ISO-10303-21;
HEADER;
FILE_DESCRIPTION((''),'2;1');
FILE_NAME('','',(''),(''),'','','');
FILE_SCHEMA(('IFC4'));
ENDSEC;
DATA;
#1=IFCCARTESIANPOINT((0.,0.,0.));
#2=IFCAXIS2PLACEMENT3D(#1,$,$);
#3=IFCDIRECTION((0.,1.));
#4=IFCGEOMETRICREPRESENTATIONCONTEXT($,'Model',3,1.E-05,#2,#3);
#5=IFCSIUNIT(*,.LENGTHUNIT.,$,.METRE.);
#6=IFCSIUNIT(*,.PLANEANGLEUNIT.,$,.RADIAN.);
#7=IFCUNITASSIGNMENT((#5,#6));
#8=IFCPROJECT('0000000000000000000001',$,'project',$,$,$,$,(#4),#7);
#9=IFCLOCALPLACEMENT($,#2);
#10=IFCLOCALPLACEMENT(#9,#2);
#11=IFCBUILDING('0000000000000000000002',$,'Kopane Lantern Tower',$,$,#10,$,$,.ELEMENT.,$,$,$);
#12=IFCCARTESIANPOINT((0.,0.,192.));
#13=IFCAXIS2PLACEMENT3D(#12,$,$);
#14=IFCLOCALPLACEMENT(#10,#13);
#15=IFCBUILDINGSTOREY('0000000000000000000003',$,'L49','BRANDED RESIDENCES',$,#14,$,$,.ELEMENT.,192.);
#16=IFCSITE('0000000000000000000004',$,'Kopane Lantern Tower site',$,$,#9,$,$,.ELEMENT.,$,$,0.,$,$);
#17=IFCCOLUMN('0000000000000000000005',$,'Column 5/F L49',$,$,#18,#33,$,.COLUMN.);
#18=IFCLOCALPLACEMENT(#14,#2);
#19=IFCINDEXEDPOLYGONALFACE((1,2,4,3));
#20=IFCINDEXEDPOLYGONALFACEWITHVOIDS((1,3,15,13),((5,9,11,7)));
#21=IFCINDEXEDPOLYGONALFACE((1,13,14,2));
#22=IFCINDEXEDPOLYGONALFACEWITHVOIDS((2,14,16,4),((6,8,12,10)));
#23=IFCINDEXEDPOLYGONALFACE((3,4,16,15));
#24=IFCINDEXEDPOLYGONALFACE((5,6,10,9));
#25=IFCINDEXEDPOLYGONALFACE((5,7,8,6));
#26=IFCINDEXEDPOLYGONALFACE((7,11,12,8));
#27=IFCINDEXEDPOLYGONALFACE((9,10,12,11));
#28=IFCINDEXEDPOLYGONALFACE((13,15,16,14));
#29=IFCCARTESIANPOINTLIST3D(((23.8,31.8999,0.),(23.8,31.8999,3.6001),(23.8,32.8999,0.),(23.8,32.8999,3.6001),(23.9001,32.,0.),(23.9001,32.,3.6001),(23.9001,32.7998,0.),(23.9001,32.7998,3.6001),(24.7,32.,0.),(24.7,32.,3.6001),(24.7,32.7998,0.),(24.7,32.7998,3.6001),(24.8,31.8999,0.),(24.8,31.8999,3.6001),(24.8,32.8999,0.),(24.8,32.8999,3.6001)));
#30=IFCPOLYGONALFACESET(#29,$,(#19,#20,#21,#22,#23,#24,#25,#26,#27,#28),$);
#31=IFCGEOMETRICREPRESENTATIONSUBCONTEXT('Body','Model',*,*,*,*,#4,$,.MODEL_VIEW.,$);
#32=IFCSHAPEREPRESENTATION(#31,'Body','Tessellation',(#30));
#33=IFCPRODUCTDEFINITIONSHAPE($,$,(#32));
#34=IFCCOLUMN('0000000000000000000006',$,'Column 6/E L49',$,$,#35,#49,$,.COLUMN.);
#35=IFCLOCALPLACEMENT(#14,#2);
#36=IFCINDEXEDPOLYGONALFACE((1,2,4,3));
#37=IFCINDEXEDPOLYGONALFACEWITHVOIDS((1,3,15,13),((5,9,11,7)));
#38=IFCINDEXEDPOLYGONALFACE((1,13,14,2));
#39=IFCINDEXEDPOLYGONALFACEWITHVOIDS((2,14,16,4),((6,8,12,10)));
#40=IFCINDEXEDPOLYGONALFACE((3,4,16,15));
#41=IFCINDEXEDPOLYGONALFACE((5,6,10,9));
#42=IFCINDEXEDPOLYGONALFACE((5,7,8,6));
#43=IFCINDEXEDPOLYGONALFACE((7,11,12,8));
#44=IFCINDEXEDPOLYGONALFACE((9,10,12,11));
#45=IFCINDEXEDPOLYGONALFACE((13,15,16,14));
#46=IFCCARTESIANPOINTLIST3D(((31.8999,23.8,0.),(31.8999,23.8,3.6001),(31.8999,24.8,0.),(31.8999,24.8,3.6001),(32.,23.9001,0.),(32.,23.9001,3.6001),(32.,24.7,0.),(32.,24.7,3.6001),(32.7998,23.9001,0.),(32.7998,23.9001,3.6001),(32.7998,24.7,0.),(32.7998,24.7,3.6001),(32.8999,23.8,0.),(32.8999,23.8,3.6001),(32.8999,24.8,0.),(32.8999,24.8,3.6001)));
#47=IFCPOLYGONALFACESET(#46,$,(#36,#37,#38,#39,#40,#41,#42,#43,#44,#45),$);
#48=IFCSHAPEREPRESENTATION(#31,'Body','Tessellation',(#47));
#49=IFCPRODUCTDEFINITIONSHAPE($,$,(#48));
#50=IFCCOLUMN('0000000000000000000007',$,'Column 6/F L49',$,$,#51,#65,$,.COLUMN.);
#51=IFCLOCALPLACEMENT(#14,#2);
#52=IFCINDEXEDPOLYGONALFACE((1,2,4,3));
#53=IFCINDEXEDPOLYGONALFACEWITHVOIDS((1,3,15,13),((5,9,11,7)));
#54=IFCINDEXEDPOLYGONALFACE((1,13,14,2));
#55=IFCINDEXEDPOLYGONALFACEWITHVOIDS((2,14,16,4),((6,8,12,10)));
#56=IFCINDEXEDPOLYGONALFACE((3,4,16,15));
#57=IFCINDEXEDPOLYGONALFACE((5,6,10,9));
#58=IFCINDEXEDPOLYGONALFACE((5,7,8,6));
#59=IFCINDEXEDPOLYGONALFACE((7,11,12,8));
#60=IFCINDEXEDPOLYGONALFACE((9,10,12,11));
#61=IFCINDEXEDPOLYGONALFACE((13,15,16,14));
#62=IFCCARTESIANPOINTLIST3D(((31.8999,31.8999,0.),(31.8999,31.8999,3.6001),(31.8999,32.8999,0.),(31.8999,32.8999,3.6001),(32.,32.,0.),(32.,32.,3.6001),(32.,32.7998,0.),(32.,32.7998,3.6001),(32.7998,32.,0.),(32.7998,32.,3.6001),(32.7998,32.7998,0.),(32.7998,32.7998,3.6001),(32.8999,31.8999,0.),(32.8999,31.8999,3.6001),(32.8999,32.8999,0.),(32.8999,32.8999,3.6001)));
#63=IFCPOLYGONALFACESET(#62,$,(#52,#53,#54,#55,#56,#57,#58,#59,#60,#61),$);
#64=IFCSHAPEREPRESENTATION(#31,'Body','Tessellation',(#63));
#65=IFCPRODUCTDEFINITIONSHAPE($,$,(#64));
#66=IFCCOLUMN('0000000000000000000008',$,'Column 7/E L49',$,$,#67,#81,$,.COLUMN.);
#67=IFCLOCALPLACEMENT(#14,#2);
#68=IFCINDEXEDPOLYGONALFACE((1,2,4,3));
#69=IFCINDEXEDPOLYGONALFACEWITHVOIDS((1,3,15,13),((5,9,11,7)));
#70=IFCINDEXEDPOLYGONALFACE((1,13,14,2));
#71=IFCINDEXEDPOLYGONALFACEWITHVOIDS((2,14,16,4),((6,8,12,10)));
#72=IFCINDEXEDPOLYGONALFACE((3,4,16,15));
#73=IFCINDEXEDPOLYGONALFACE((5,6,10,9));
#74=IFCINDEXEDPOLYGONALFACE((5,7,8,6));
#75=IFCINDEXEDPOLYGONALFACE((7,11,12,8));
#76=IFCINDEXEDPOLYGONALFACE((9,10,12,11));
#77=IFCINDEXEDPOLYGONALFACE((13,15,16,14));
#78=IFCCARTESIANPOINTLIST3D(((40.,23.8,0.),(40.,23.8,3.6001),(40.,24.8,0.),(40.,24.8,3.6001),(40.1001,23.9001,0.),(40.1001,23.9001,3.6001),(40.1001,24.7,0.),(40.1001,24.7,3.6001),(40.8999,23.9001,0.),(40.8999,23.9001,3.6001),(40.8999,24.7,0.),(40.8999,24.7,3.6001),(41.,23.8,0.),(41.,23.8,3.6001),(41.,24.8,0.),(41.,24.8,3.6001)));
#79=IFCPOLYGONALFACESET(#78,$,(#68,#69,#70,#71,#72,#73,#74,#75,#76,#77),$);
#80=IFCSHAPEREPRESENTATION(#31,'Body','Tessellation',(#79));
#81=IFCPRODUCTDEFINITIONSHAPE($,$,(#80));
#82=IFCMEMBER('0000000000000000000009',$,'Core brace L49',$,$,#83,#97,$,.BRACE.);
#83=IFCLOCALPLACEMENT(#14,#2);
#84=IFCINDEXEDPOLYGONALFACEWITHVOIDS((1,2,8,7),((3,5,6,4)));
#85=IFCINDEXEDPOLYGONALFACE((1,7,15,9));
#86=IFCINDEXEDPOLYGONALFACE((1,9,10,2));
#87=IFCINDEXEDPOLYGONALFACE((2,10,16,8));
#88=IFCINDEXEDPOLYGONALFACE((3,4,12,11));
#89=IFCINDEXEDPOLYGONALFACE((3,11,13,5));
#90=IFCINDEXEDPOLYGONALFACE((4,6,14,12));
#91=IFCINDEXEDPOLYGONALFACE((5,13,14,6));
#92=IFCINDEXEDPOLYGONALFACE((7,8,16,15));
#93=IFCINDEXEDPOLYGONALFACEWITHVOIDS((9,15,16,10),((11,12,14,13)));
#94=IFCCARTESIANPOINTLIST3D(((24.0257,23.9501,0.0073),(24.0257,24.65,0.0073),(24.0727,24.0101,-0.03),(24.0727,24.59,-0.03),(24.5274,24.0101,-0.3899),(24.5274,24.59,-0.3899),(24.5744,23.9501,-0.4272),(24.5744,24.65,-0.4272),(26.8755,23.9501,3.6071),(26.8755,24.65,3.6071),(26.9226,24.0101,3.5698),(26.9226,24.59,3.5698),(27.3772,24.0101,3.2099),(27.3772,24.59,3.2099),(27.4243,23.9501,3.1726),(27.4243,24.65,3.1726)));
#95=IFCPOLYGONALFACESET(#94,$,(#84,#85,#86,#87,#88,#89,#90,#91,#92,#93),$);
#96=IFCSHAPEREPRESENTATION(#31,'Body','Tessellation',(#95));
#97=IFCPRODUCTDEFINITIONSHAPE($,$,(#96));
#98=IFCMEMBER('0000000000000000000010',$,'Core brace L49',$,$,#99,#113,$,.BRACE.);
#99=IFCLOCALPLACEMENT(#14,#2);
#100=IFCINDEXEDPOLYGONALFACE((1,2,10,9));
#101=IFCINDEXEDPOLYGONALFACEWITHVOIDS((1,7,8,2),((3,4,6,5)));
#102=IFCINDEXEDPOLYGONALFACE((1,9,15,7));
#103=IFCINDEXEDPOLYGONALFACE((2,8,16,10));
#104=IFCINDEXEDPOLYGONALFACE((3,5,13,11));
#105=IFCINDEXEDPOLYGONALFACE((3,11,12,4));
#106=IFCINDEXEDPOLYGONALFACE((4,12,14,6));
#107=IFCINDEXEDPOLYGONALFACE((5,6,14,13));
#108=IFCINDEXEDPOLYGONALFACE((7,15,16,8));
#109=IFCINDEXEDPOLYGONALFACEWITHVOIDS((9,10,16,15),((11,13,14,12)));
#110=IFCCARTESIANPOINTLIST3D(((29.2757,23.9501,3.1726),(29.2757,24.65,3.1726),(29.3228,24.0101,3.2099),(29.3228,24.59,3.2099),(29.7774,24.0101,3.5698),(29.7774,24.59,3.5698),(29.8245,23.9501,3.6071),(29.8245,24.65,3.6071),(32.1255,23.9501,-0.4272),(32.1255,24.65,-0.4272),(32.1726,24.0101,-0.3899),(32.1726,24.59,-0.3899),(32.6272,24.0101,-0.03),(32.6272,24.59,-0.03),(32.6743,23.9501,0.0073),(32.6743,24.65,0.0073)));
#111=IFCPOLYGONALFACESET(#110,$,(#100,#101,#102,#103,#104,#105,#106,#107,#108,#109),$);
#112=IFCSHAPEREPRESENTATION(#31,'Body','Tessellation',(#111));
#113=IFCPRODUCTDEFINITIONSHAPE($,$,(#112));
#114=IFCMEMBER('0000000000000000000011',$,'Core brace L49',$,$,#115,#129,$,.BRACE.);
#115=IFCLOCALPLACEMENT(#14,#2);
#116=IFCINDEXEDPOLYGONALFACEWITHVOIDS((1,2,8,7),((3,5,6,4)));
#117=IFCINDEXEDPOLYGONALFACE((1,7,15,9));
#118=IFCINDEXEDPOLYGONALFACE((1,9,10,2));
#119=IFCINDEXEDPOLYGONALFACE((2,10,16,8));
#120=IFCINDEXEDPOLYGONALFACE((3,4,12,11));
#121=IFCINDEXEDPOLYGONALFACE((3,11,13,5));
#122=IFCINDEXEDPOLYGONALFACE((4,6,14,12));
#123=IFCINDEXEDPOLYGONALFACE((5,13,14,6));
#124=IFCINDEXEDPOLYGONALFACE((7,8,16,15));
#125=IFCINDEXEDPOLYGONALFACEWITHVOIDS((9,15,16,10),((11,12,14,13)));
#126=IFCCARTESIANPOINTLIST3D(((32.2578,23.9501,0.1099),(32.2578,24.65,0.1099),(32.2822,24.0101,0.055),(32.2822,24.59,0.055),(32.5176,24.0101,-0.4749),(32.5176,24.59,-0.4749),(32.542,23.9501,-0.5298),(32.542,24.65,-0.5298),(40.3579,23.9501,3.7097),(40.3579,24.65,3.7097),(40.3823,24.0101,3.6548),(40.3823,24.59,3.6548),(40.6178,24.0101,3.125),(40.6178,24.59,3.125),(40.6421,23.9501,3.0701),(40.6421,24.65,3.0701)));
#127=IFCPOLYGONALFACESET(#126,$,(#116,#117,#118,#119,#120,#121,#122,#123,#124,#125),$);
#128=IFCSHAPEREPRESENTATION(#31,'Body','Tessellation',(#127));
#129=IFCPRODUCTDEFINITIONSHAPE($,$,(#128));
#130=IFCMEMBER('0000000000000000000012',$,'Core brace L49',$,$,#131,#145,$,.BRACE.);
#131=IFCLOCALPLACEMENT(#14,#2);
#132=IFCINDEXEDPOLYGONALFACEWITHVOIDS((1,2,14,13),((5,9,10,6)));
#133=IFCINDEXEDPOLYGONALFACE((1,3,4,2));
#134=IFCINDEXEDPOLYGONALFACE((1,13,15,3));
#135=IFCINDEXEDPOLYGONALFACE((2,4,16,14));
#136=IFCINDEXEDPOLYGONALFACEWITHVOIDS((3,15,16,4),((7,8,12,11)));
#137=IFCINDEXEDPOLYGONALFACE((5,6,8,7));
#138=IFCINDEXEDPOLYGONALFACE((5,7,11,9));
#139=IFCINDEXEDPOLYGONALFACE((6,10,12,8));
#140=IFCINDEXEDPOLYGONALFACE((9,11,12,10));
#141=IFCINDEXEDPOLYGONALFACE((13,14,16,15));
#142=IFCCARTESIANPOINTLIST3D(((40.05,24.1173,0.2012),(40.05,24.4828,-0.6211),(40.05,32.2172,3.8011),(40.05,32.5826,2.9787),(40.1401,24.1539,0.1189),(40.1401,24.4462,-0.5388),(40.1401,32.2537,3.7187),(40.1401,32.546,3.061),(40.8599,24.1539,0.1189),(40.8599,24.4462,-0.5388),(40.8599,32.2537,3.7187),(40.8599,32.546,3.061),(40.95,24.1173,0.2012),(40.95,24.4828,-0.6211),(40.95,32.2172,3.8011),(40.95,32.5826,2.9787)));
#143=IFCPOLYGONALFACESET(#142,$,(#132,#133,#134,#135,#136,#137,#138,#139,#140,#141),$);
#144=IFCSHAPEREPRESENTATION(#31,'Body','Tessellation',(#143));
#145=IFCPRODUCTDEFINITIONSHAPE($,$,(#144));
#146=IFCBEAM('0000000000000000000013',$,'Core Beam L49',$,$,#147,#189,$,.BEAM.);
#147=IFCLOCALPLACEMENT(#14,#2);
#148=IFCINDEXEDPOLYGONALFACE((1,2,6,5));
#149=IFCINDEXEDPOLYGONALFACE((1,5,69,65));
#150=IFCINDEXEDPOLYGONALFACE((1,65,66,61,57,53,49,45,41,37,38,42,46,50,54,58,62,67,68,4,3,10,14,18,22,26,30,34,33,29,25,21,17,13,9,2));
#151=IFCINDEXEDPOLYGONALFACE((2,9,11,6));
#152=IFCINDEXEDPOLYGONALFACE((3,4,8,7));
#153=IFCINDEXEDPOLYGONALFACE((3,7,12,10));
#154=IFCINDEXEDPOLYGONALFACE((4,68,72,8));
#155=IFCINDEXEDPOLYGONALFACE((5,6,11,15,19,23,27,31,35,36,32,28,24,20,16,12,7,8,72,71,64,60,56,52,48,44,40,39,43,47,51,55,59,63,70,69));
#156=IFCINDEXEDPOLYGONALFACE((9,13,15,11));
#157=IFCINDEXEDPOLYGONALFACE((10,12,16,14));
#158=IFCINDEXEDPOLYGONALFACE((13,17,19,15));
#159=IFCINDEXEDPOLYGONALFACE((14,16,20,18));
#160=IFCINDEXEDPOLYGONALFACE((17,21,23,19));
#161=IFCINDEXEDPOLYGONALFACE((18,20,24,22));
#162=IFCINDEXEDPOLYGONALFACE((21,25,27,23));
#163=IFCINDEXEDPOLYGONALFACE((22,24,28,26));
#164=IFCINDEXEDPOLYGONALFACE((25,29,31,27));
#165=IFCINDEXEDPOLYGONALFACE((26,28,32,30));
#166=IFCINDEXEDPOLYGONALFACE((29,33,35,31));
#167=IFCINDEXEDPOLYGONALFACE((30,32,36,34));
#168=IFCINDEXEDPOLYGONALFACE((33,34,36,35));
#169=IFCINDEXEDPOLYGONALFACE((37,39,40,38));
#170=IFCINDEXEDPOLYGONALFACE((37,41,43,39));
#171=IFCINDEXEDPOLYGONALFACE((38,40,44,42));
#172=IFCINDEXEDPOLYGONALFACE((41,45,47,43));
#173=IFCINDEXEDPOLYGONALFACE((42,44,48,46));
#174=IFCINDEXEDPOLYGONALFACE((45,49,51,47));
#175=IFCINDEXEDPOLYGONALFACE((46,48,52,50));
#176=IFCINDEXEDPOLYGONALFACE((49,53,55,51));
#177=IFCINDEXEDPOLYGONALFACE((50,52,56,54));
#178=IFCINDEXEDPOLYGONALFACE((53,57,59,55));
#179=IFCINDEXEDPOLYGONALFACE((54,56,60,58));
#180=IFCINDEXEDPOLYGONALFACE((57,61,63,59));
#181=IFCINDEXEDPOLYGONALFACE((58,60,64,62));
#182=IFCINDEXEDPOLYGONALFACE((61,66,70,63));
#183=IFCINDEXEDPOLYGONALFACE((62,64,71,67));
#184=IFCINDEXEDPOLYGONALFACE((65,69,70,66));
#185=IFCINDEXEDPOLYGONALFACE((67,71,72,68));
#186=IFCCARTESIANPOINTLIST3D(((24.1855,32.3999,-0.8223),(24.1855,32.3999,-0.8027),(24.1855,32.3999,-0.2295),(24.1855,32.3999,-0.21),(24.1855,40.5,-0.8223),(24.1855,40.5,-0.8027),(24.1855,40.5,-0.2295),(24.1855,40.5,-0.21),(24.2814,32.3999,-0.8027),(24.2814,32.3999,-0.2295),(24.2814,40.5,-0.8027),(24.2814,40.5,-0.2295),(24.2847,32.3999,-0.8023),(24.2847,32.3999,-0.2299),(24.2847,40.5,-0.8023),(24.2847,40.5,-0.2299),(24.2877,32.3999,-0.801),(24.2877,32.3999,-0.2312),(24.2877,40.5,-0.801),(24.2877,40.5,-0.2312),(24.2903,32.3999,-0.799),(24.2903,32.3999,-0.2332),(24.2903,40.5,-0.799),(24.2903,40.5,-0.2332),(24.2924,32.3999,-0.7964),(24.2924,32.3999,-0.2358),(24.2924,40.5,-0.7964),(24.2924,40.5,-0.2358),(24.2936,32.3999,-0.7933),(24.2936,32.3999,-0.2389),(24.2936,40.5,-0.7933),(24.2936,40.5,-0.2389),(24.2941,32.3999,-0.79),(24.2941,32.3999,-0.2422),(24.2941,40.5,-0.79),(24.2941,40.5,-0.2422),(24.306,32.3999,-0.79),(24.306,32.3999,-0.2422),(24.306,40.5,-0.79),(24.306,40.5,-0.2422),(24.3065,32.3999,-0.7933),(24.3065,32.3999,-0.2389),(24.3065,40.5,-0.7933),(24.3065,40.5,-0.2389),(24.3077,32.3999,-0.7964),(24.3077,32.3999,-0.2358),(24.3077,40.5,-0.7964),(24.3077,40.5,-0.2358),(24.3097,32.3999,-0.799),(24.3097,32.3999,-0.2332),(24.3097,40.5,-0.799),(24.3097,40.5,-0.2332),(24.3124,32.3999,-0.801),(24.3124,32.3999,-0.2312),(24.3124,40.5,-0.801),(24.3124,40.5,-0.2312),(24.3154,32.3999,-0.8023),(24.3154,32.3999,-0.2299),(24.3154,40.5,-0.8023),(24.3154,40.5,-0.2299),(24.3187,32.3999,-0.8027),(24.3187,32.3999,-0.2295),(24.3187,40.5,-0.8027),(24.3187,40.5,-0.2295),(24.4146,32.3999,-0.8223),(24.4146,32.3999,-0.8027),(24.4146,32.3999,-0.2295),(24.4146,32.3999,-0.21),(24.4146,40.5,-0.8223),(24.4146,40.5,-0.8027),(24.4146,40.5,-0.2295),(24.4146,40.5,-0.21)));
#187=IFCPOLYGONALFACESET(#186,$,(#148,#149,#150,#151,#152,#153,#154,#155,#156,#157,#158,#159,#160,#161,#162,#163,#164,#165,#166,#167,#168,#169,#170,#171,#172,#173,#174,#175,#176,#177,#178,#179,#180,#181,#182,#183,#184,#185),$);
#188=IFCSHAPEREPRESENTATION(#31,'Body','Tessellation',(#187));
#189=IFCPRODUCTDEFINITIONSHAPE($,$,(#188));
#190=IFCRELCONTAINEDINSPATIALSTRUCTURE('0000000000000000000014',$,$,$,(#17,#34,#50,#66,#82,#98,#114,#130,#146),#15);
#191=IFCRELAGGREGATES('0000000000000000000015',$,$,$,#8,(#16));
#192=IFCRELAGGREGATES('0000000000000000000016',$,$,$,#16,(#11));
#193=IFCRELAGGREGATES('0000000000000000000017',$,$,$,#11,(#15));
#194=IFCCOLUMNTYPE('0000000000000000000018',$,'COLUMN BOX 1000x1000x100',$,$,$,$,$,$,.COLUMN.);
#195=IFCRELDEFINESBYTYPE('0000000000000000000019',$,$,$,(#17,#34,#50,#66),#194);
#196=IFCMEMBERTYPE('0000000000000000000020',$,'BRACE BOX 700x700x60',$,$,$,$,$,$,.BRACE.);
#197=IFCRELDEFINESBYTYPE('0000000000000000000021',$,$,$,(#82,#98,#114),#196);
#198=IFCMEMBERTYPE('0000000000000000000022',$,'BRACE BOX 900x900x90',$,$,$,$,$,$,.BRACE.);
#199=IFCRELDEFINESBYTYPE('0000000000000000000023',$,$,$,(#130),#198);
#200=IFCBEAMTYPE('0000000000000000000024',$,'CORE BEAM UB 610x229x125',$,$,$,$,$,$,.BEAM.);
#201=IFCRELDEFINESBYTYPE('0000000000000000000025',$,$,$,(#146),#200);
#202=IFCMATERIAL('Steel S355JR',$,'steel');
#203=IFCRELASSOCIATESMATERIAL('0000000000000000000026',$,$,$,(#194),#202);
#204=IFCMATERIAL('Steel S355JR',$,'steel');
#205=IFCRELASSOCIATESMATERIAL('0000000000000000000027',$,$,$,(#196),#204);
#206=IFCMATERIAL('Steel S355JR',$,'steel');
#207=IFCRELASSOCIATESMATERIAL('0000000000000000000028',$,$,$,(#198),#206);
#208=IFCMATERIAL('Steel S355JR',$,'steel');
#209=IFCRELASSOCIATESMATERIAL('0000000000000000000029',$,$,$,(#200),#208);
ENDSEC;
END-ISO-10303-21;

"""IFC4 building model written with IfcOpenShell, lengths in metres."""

from ifc_helpers import new_model, si_unit, direction, frame, origin, origin_2d, place, context, subcontext, project, spatial, hollow_rectangle, i_section, extrude, material, material_profile, profile_set, type_object, element, save


model = new_model("IFC4")

# Units and contexts
model_context = context("Model", 3, precision=1e-05, world=origin(), true_north=direction((0.0, 1.0)))
body_context = subcontext(model_context, "Body", "Model", "MODEL_VIEW")
ifc_project = project(units=[si_unit("LENGTHUNIT", "METRE"), si_unit("PLANEANGLEUNIT", "RADIAN")], contexts=[model_context])

# Site, building, storey
site_placement = place(None, origin())
site = spatial("IfcSite", under=ifc_project, at=site_placement, Name="Kopane Lantern Tower site", CompositionType="ELEMENT", RefElevation=0.0)
building_placement = place(site_placement, origin())
building = spatial("IfcBuilding", under=site, at=building_placement, Name="Kopane Lantern Tower", CompositionType="ELEMENT")
storey_placement = place(building_placement, frame((0.0, 0.0, 192.0)))
storey = spatial("IfcBuildingStorey", under=building, at=storey_placement, Name="L49", Description="BRANDED RESIDENCES", CompositionType="ELEMENT", Elevation=192.0)

# Columns
ifc_material_1 = material(Name="Steel S355JR", Category="steel")
ifc_material_profile_1 = material_profile(ifc_material_1, hollow_rectangle(XDim=1.0, YDim=1.0, WallThickness=0.1001, at=origin_2d()), Name="BOX 1000x1000x100")
ifc_profile_set_1 = profile_set([ifc_material_profile_1], Name="Steel S355JR")
column_type = type_object("IfcColumnType", Name="COLUMN BOX 1000x1000x100", PredefinedType="COLUMN", material=ifc_profile_set_1)
for number, where, z_axis, x_axis, name in (
    (1, (24.3, 32.3999, 0.0), (0.0, 0.0, 1.0), (1.0, 0.0, 0.0), "Column 5/F L49"),
    (2, (32.3999, 24.3, 0.0), (0.0, 0.0, 1.0), (1.0, 0.0, 0.0), "Column 6/E L49"),
    (3, (32.3999, 32.3999, 0.0), (0.0, 0.0, 1.0), (1.0, 0.0, 0.0), "Column 6/F L49"),
    (4, (40.5, 24.3, 0.0), (0.0, 0.0, 1.0), (1.0, 0.0, 0.0), "Column 7/E L49"),
):
    element("IfcColumn", number, at=place(storey_placement, frame(where, z_axis=z_axis, x_axis=x_axis)), inside=storey, type_object=column_type, Name=name, PredefinedType="COLUMN", context=body_context, shape_type="SweptSolid", body=[
        extrude(hollow_rectangle(XDim=1.0, YDim=1.0, WallThickness=0.1001, at=origin_2d()), origin(), (0.0, 0.0, 1.0), 3.6001),
    ])

# Members
ifc_material_2 = material(Name="Steel S355JR", Category="steel")
ifc_material_profile_2 = material_profile(ifc_material_2, hollow_rectangle(XDim=0.7, YDim=0.7, WallThickness=0.0601, at=origin_2d()), Name="BOX 700x700x60")
ifc_profile_set_2 = profile_set([ifc_material_profile_2], Name="Steel S355JR")
member_type_1 = type_object("IfcMemberType", Name="BRACE BOX 700x700x60", PredefinedType="BRACE", material=ifc_profile_set_2)
for number, where, z_axis, x_axis, name in (
    (5, (24.3, 24.3, -0.21), (0.620699, 0.0, 0.784049), (0.0, 1.0, 0.0), "Core brace L49"),
    (6, (32.3999, 24.3, -0.21), (-0.620699, 0.0, 0.784049), (0.0, -1.0, 0.0), "Core brace L49"),
):
    element("IfcMember", number, at=place(storey_placement, frame(where, z_axis=z_axis, x_axis=x_axis)), inside=storey, type_object=member_type_1, Name=name, PredefinedType="BRACE", context=body_context, shape_type="SweptSolid", body=[
        extrude(hollow_rectangle(XDim=0.7, YDim=0.7, WallThickness=0.0601, at=origin_2d()), origin(), (0.0, 0.0, 1.0), 4.5913),
    ])
member_1_placement = place(storey_placement, frame((32.3999, 24.3, -0.21), z_axis=(0.913819, 0.0, 0.406121), x_axis=(0.0, 1.0, 0.0)))
element("IfcMember", 7, at=member_1_placement, inside=storey, type_object=member_type_1, Name="Core brace L49", PredefinedType="BRACE", context=body_context, shape_type="SweptSolid", body=[
    extrude(hollow_rectangle(XDim=0.7, YDim=0.7, WallThickness=0.0601, at=origin_2d()), origin(), (0.0, 0.0, 1.0), 8.864),
])
ifc_material_3 = material(Name="Steel S355JR", Category="steel")
ifc_material_profile_3 = material_profile(ifc_material_3, hollow_rectangle(XDim=0.8999, YDim=0.8999, WallThickness=0.0901, at=origin_2d()), Name="BOX 900x900x90")
ifc_profile_set_3 = profile_set([ifc_material_profile_3], Name="Steel S355JR")
member_type_2 = type_object("IfcMemberType", Name="BRACE BOX 900x900x90", PredefinedType="BRACE", material=ifc_profile_set_3)
member_2_placement = place(storey_placement, frame((40.5, 24.3, -0.21), z_axis=(0.0, 0.913815, 0.406131), x_axis=(-1.0, 0.0, 0.0)))
element("IfcMember", 8, at=member_2_placement, inside=storey, type_object=member_type_2, Name="Core brace L49", PredefinedType="BRACE", context=body_context, shape_type="SweptSolid", body=[
    extrude(hollow_rectangle(XDim=0.8999, YDim=0.8999, WallThickness=0.0901, at=origin_2d()), origin(), (0.0, 0.0, 1.0), 8.8638),
])

# Beam
ifc_material_4 = material(Name="Steel S355JR", Category="steel")
ifc_material_profile_4 = material_profile(ifc_material_4, i_section(OverallWidth=0.229, OverallDepth=0.6123, WebThickness=0.012, FlangeThickness=0.0195, FilletRadius=0.0127, at=origin_2d()), Name="UB 610x229x125")
ifc_profile_set_4 = profile_set([ifc_material_profile_4], Name="Steel S355JR")
beam_type_1 = type_object("IfcBeamType", Name="CORE BEAM UB 610x229x125", PredefinedType="BEAM", material=ifc_profile_set_4)
beam_1_placement = place(storey_placement, frame((24.3, 32.3999, -0.5161), z_axis=(0.0, 1.0, 0.0), x_axis=(-1.0, 0.0, 0.0)))
element("IfcBeam", 9, at=beam_1_placement, inside=storey, type_object=beam_type_1, Name="Core Beam L49", PredefinedType="BEAM", context=body_context, shape_type="SweptSolid", body=[
    extrude(i_section(OverallWidth=0.229, OverallDepth=0.6123, WebThickness=0.012, FlangeThickness=0.0195, FilletRadius=0.0127, at=origin_2d()), origin(), (0.0, 0.0, 1.0), 8.1001),
])

save(model, "model.ifc")
